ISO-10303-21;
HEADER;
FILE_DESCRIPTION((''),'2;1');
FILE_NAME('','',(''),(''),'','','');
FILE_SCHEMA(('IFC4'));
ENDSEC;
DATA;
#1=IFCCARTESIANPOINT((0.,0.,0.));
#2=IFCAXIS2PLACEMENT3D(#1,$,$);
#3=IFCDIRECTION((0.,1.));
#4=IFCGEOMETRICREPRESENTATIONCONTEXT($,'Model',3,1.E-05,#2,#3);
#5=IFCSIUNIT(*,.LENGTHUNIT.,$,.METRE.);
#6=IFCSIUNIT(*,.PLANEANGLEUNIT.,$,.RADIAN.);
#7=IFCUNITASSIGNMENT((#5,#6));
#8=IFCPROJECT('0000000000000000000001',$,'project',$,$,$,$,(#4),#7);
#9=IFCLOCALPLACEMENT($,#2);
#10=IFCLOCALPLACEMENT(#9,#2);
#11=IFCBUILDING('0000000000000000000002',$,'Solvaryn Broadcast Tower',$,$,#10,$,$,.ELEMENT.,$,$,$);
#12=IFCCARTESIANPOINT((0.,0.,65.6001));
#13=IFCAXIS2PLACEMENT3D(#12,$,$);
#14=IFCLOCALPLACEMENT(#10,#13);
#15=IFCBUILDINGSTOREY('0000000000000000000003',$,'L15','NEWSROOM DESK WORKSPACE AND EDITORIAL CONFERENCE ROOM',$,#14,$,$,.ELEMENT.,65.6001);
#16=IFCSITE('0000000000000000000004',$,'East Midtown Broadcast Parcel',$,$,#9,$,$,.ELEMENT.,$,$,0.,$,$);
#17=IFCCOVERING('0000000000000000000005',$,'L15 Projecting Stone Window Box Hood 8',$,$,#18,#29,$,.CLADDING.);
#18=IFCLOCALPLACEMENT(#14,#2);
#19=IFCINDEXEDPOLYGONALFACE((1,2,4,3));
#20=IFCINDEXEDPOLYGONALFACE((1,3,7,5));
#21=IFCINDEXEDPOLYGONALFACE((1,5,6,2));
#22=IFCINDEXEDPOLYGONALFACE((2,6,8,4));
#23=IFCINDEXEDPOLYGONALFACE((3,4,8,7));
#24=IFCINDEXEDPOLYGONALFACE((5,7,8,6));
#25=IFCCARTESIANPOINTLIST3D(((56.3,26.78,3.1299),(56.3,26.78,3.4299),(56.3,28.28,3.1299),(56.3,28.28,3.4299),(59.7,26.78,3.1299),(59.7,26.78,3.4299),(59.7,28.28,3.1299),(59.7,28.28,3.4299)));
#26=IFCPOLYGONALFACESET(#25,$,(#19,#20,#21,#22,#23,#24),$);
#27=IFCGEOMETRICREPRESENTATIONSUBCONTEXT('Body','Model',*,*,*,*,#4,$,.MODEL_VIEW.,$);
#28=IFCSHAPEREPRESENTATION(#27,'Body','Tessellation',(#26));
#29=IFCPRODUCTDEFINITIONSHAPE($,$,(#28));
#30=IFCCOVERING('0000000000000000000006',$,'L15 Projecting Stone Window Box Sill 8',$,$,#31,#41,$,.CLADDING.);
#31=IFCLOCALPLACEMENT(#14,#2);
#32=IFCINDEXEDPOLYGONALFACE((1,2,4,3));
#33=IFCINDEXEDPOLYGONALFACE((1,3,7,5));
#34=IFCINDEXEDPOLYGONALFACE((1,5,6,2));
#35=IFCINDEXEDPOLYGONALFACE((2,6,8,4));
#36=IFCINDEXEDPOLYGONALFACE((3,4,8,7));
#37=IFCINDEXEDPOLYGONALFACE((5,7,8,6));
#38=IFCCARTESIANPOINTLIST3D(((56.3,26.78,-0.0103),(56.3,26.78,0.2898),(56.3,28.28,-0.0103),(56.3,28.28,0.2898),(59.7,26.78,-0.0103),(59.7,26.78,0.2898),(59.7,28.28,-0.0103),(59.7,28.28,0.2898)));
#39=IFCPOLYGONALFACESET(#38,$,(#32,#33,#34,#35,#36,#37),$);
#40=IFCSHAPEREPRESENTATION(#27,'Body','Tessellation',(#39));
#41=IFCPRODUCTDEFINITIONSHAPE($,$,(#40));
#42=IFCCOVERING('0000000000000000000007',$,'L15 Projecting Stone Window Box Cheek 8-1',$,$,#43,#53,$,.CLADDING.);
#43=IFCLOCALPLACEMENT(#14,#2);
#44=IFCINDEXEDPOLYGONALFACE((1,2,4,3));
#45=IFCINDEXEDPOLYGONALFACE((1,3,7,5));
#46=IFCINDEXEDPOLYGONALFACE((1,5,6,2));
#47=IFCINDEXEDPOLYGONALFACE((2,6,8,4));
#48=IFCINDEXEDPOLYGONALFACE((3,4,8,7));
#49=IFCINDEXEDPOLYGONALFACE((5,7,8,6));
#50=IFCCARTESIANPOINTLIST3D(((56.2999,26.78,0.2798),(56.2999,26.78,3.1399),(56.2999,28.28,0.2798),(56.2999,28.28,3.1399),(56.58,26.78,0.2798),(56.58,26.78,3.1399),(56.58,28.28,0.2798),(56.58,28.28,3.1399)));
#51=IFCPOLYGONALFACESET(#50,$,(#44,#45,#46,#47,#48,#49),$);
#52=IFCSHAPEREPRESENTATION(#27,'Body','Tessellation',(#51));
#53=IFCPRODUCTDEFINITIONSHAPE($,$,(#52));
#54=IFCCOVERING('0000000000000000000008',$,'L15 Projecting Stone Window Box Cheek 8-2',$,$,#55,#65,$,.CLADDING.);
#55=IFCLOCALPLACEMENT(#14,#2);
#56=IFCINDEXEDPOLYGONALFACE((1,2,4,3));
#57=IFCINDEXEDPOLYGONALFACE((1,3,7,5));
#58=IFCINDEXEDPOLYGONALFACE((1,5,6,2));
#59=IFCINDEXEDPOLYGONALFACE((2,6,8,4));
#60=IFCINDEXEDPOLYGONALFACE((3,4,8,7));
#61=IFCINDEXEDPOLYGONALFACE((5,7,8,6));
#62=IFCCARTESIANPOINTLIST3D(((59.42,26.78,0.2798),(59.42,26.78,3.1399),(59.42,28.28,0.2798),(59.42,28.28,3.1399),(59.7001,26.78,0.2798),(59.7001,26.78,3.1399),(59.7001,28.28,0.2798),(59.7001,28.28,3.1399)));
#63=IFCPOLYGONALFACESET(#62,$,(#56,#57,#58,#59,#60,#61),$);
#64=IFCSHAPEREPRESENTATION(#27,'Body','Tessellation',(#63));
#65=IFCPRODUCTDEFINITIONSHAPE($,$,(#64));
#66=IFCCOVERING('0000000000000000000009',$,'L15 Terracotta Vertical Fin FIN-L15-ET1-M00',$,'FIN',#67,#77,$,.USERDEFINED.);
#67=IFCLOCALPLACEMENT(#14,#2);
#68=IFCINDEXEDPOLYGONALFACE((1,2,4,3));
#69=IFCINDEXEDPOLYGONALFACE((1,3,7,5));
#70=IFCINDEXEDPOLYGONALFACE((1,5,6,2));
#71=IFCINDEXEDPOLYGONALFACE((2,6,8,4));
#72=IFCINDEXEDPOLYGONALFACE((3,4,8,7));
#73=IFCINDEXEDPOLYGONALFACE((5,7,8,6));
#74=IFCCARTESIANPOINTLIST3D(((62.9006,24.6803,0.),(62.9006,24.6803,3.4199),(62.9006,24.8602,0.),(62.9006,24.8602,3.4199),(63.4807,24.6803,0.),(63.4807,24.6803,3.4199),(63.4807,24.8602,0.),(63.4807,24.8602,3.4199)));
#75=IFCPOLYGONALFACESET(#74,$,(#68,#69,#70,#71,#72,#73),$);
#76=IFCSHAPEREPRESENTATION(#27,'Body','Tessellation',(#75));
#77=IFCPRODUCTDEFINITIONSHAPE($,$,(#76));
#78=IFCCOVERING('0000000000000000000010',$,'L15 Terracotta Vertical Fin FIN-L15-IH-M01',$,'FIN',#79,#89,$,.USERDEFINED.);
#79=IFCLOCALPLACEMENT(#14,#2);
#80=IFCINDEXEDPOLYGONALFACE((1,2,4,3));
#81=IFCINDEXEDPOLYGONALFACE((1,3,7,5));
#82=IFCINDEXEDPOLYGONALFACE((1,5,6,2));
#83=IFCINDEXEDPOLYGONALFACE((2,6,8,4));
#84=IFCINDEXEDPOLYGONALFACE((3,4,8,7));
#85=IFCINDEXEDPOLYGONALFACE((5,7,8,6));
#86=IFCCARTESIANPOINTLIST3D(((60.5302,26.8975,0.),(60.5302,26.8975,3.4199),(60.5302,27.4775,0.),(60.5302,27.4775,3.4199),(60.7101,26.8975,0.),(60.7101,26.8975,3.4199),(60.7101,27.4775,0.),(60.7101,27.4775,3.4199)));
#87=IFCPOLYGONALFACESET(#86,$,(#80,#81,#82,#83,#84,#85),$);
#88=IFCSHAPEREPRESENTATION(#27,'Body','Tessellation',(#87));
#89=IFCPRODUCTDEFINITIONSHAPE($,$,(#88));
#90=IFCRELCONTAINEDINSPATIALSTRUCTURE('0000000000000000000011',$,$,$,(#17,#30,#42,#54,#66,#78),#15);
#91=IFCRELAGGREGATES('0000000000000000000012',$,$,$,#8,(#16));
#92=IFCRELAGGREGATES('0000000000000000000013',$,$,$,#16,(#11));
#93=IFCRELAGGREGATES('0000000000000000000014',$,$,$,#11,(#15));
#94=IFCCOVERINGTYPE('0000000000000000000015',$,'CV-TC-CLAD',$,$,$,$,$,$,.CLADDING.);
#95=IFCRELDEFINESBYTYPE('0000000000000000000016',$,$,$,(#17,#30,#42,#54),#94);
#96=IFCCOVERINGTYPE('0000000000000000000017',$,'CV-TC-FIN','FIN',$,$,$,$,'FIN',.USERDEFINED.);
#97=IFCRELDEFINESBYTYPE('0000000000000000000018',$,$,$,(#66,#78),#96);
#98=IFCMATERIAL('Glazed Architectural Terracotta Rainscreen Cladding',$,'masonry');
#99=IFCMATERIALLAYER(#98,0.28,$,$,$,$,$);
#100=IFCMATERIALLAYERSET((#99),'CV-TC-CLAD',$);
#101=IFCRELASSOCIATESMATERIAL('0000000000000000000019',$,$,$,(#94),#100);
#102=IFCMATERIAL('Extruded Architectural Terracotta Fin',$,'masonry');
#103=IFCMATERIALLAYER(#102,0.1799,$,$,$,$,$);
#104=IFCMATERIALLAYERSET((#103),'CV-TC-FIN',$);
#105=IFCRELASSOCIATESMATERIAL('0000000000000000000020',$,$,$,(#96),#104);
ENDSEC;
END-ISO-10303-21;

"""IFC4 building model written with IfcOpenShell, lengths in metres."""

from ifc_helpers import new_model, si_unit, direction, frame, origin, origin_2d, place, context, subcontext, project, spatial, rectangle, extrude, material, layer, layer_set, type_object, element, save


model = new_model("IFC4")

# Units and contexts
model_context = context("Model", 3, precision=1e-05, world=origin(), true_north=direction((0.0, 1.0)))
body_context = subcontext(model_context, "Body", "Model", "MODEL_VIEW")
ifc_project = project(units=[si_unit("LENGTHUNIT", "METRE"), si_unit("PLANEANGLEUNIT", "RADIAN")], contexts=[model_context])

# Site, building, storey
site_placement = place(None, origin())
site = spatial("IfcSite", under=ifc_project, at=site_placement, Name="East Midtown Broadcast Parcel", CompositionType="ELEMENT", RefElevation=0.0)
building_placement = place(site_placement, origin())
building = spatial("IfcBuilding", under=site, at=building_placement, Name="Solvaryn Broadcast Tower", CompositionType="ELEMENT")
storey_placement = place(building_placement, frame((0.0, 0.0, 65.6001)))
storey = spatial("IfcBuildingStorey", under=building, at=storey_placement, Name="L15", Description="NEWSROOM DESK WORKSPACE AND EDITORIAL CONFERENCE ROOM", CompositionType="ELEMENT", Elevation=65.6001)

# Coverings
ifc_material_1 = material(Name="Glazed Architectural Terracotta Rainscreen Cladding", Category="masonry")
ifc_layer_1 = layer(ifc_material_1, 0.28)
ifc_layer_set_1 = layer_set([ifc_layer_1], Name="CV-TC-CLAD")
covering_type_1 = type_object("IfcCoveringType", Name="CV-TC-CLAD", PredefinedType="CLADDING", material=ifc_layer_set_1)
for number, where, z_axis, x_axis, name in (
    (1, (58.0, 27.53, 3.1299), (0.0, 0.0, 1.0), (1.0, 0.0, 0.0), "L15 Projecting Stone Window Box Hood 8"),
    (2, (58.0, 27.53, -0.0103), (0.0, 0.0, 1.0), (1.0, 0.0, 0.0), "L15 Projecting Stone Window Box Sill 8"),
):
    element("IfcCovering", number, at=place(storey_placement, frame(where, z_axis=z_axis, x_axis=x_axis)), inside=storey, type_object=covering_type_1, Name=name, PredefinedType="CLADDING", context=body_context, shape_type="SweptSolid", body=[
        extrude(rectangle(XDim=3.3999, YDim=1.5, at=origin_2d()), origin(), (0.0, 0.0, 1.0), 0.3),
    ])
for number, where, z_axis, x_axis, name in (
    (3, (56.4399, 27.53, 0.2798), (0.0, 0.0, 1.0), (1.0, 0.0, 0.0), "L15 Projecting Stone Window Box Cheek 8-1"),
    (4, (59.5601, 27.53, 0.2798), (0.0, 0.0, 1.0), (1.0, 0.0, 0.0), "L15 Projecting Stone Window Box Cheek 8-2"),
):
    element("IfcCovering", number, at=place(storey_placement, frame(where, z_axis=z_axis, x_axis=x_axis)), inside=storey, type_object=covering_type_1, Name=name, PredefinedType="CLADDING", context=body_context, shape_type="SweptSolid", body=[
        extrude(rectangle(XDim=0.28, YDim=1.5, at=origin_2d()), origin(), (0.0, 0.0, 1.0), 2.8601),
    ])
ifc_material_2 = material(Name="Extruded Architectural Terracotta Fin", Category="masonry")
ifc_layer_2 = layer(ifc_material_2, 0.1799)
ifc_layer_set_2 = layer_set([ifc_layer_2], Name="CV-TC-FIN")
covering_type_2 = type_object("IfcCoveringType", Name="CV-TC-FIN", Description="FIN", ElementType="FIN", PredefinedType="USERDEFINED", material=ifc_layer_set_2)
covering_1_placement = place(storey_placement, frame((63.1907, 24.7703, 0.0), z_axis=(0.0, 0.0, 1.0), x_axis=(1.0, 0.0, 0.0)))
element("IfcCovering", 5, at=covering_1_placement, inside=storey, type_object=covering_type_2, Name="L15 Terracotta Vertical Fin FIN-L15-ET1-M00", ObjectType="FIN", PredefinedType="USERDEFINED", context=body_context, shape_type="SweptSolid", body=[
    extrude(rectangle(XDim=0.5801, YDim=0.1799, at=origin_2d()), origin(), (0.0, 0.0, 1.0), 3.4199),
])
covering_2_placement = place(storey_placement, frame((60.6201, 27.1875, 0.0), z_axis=(0.0, 0.0, 1.0), x_axis=(1.0, 0.0, 0.0)))
element("IfcCovering", 6, at=covering_2_placement, inside=storey, type_object=covering_type_2, Name="L15 Terracotta Vertical Fin FIN-L15-IH-M01", ObjectType="FIN", PredefinedType="USERDEFINED", context=body_context, shape_type="SweptSolid", body=[
    extrude(rectangle(XDim=0.1799, YDim=0.5801, at=origin_2d()), origin(), (0.0, 0.0, 1.0), 3.4199),
])

save(model, "model.ifc")
